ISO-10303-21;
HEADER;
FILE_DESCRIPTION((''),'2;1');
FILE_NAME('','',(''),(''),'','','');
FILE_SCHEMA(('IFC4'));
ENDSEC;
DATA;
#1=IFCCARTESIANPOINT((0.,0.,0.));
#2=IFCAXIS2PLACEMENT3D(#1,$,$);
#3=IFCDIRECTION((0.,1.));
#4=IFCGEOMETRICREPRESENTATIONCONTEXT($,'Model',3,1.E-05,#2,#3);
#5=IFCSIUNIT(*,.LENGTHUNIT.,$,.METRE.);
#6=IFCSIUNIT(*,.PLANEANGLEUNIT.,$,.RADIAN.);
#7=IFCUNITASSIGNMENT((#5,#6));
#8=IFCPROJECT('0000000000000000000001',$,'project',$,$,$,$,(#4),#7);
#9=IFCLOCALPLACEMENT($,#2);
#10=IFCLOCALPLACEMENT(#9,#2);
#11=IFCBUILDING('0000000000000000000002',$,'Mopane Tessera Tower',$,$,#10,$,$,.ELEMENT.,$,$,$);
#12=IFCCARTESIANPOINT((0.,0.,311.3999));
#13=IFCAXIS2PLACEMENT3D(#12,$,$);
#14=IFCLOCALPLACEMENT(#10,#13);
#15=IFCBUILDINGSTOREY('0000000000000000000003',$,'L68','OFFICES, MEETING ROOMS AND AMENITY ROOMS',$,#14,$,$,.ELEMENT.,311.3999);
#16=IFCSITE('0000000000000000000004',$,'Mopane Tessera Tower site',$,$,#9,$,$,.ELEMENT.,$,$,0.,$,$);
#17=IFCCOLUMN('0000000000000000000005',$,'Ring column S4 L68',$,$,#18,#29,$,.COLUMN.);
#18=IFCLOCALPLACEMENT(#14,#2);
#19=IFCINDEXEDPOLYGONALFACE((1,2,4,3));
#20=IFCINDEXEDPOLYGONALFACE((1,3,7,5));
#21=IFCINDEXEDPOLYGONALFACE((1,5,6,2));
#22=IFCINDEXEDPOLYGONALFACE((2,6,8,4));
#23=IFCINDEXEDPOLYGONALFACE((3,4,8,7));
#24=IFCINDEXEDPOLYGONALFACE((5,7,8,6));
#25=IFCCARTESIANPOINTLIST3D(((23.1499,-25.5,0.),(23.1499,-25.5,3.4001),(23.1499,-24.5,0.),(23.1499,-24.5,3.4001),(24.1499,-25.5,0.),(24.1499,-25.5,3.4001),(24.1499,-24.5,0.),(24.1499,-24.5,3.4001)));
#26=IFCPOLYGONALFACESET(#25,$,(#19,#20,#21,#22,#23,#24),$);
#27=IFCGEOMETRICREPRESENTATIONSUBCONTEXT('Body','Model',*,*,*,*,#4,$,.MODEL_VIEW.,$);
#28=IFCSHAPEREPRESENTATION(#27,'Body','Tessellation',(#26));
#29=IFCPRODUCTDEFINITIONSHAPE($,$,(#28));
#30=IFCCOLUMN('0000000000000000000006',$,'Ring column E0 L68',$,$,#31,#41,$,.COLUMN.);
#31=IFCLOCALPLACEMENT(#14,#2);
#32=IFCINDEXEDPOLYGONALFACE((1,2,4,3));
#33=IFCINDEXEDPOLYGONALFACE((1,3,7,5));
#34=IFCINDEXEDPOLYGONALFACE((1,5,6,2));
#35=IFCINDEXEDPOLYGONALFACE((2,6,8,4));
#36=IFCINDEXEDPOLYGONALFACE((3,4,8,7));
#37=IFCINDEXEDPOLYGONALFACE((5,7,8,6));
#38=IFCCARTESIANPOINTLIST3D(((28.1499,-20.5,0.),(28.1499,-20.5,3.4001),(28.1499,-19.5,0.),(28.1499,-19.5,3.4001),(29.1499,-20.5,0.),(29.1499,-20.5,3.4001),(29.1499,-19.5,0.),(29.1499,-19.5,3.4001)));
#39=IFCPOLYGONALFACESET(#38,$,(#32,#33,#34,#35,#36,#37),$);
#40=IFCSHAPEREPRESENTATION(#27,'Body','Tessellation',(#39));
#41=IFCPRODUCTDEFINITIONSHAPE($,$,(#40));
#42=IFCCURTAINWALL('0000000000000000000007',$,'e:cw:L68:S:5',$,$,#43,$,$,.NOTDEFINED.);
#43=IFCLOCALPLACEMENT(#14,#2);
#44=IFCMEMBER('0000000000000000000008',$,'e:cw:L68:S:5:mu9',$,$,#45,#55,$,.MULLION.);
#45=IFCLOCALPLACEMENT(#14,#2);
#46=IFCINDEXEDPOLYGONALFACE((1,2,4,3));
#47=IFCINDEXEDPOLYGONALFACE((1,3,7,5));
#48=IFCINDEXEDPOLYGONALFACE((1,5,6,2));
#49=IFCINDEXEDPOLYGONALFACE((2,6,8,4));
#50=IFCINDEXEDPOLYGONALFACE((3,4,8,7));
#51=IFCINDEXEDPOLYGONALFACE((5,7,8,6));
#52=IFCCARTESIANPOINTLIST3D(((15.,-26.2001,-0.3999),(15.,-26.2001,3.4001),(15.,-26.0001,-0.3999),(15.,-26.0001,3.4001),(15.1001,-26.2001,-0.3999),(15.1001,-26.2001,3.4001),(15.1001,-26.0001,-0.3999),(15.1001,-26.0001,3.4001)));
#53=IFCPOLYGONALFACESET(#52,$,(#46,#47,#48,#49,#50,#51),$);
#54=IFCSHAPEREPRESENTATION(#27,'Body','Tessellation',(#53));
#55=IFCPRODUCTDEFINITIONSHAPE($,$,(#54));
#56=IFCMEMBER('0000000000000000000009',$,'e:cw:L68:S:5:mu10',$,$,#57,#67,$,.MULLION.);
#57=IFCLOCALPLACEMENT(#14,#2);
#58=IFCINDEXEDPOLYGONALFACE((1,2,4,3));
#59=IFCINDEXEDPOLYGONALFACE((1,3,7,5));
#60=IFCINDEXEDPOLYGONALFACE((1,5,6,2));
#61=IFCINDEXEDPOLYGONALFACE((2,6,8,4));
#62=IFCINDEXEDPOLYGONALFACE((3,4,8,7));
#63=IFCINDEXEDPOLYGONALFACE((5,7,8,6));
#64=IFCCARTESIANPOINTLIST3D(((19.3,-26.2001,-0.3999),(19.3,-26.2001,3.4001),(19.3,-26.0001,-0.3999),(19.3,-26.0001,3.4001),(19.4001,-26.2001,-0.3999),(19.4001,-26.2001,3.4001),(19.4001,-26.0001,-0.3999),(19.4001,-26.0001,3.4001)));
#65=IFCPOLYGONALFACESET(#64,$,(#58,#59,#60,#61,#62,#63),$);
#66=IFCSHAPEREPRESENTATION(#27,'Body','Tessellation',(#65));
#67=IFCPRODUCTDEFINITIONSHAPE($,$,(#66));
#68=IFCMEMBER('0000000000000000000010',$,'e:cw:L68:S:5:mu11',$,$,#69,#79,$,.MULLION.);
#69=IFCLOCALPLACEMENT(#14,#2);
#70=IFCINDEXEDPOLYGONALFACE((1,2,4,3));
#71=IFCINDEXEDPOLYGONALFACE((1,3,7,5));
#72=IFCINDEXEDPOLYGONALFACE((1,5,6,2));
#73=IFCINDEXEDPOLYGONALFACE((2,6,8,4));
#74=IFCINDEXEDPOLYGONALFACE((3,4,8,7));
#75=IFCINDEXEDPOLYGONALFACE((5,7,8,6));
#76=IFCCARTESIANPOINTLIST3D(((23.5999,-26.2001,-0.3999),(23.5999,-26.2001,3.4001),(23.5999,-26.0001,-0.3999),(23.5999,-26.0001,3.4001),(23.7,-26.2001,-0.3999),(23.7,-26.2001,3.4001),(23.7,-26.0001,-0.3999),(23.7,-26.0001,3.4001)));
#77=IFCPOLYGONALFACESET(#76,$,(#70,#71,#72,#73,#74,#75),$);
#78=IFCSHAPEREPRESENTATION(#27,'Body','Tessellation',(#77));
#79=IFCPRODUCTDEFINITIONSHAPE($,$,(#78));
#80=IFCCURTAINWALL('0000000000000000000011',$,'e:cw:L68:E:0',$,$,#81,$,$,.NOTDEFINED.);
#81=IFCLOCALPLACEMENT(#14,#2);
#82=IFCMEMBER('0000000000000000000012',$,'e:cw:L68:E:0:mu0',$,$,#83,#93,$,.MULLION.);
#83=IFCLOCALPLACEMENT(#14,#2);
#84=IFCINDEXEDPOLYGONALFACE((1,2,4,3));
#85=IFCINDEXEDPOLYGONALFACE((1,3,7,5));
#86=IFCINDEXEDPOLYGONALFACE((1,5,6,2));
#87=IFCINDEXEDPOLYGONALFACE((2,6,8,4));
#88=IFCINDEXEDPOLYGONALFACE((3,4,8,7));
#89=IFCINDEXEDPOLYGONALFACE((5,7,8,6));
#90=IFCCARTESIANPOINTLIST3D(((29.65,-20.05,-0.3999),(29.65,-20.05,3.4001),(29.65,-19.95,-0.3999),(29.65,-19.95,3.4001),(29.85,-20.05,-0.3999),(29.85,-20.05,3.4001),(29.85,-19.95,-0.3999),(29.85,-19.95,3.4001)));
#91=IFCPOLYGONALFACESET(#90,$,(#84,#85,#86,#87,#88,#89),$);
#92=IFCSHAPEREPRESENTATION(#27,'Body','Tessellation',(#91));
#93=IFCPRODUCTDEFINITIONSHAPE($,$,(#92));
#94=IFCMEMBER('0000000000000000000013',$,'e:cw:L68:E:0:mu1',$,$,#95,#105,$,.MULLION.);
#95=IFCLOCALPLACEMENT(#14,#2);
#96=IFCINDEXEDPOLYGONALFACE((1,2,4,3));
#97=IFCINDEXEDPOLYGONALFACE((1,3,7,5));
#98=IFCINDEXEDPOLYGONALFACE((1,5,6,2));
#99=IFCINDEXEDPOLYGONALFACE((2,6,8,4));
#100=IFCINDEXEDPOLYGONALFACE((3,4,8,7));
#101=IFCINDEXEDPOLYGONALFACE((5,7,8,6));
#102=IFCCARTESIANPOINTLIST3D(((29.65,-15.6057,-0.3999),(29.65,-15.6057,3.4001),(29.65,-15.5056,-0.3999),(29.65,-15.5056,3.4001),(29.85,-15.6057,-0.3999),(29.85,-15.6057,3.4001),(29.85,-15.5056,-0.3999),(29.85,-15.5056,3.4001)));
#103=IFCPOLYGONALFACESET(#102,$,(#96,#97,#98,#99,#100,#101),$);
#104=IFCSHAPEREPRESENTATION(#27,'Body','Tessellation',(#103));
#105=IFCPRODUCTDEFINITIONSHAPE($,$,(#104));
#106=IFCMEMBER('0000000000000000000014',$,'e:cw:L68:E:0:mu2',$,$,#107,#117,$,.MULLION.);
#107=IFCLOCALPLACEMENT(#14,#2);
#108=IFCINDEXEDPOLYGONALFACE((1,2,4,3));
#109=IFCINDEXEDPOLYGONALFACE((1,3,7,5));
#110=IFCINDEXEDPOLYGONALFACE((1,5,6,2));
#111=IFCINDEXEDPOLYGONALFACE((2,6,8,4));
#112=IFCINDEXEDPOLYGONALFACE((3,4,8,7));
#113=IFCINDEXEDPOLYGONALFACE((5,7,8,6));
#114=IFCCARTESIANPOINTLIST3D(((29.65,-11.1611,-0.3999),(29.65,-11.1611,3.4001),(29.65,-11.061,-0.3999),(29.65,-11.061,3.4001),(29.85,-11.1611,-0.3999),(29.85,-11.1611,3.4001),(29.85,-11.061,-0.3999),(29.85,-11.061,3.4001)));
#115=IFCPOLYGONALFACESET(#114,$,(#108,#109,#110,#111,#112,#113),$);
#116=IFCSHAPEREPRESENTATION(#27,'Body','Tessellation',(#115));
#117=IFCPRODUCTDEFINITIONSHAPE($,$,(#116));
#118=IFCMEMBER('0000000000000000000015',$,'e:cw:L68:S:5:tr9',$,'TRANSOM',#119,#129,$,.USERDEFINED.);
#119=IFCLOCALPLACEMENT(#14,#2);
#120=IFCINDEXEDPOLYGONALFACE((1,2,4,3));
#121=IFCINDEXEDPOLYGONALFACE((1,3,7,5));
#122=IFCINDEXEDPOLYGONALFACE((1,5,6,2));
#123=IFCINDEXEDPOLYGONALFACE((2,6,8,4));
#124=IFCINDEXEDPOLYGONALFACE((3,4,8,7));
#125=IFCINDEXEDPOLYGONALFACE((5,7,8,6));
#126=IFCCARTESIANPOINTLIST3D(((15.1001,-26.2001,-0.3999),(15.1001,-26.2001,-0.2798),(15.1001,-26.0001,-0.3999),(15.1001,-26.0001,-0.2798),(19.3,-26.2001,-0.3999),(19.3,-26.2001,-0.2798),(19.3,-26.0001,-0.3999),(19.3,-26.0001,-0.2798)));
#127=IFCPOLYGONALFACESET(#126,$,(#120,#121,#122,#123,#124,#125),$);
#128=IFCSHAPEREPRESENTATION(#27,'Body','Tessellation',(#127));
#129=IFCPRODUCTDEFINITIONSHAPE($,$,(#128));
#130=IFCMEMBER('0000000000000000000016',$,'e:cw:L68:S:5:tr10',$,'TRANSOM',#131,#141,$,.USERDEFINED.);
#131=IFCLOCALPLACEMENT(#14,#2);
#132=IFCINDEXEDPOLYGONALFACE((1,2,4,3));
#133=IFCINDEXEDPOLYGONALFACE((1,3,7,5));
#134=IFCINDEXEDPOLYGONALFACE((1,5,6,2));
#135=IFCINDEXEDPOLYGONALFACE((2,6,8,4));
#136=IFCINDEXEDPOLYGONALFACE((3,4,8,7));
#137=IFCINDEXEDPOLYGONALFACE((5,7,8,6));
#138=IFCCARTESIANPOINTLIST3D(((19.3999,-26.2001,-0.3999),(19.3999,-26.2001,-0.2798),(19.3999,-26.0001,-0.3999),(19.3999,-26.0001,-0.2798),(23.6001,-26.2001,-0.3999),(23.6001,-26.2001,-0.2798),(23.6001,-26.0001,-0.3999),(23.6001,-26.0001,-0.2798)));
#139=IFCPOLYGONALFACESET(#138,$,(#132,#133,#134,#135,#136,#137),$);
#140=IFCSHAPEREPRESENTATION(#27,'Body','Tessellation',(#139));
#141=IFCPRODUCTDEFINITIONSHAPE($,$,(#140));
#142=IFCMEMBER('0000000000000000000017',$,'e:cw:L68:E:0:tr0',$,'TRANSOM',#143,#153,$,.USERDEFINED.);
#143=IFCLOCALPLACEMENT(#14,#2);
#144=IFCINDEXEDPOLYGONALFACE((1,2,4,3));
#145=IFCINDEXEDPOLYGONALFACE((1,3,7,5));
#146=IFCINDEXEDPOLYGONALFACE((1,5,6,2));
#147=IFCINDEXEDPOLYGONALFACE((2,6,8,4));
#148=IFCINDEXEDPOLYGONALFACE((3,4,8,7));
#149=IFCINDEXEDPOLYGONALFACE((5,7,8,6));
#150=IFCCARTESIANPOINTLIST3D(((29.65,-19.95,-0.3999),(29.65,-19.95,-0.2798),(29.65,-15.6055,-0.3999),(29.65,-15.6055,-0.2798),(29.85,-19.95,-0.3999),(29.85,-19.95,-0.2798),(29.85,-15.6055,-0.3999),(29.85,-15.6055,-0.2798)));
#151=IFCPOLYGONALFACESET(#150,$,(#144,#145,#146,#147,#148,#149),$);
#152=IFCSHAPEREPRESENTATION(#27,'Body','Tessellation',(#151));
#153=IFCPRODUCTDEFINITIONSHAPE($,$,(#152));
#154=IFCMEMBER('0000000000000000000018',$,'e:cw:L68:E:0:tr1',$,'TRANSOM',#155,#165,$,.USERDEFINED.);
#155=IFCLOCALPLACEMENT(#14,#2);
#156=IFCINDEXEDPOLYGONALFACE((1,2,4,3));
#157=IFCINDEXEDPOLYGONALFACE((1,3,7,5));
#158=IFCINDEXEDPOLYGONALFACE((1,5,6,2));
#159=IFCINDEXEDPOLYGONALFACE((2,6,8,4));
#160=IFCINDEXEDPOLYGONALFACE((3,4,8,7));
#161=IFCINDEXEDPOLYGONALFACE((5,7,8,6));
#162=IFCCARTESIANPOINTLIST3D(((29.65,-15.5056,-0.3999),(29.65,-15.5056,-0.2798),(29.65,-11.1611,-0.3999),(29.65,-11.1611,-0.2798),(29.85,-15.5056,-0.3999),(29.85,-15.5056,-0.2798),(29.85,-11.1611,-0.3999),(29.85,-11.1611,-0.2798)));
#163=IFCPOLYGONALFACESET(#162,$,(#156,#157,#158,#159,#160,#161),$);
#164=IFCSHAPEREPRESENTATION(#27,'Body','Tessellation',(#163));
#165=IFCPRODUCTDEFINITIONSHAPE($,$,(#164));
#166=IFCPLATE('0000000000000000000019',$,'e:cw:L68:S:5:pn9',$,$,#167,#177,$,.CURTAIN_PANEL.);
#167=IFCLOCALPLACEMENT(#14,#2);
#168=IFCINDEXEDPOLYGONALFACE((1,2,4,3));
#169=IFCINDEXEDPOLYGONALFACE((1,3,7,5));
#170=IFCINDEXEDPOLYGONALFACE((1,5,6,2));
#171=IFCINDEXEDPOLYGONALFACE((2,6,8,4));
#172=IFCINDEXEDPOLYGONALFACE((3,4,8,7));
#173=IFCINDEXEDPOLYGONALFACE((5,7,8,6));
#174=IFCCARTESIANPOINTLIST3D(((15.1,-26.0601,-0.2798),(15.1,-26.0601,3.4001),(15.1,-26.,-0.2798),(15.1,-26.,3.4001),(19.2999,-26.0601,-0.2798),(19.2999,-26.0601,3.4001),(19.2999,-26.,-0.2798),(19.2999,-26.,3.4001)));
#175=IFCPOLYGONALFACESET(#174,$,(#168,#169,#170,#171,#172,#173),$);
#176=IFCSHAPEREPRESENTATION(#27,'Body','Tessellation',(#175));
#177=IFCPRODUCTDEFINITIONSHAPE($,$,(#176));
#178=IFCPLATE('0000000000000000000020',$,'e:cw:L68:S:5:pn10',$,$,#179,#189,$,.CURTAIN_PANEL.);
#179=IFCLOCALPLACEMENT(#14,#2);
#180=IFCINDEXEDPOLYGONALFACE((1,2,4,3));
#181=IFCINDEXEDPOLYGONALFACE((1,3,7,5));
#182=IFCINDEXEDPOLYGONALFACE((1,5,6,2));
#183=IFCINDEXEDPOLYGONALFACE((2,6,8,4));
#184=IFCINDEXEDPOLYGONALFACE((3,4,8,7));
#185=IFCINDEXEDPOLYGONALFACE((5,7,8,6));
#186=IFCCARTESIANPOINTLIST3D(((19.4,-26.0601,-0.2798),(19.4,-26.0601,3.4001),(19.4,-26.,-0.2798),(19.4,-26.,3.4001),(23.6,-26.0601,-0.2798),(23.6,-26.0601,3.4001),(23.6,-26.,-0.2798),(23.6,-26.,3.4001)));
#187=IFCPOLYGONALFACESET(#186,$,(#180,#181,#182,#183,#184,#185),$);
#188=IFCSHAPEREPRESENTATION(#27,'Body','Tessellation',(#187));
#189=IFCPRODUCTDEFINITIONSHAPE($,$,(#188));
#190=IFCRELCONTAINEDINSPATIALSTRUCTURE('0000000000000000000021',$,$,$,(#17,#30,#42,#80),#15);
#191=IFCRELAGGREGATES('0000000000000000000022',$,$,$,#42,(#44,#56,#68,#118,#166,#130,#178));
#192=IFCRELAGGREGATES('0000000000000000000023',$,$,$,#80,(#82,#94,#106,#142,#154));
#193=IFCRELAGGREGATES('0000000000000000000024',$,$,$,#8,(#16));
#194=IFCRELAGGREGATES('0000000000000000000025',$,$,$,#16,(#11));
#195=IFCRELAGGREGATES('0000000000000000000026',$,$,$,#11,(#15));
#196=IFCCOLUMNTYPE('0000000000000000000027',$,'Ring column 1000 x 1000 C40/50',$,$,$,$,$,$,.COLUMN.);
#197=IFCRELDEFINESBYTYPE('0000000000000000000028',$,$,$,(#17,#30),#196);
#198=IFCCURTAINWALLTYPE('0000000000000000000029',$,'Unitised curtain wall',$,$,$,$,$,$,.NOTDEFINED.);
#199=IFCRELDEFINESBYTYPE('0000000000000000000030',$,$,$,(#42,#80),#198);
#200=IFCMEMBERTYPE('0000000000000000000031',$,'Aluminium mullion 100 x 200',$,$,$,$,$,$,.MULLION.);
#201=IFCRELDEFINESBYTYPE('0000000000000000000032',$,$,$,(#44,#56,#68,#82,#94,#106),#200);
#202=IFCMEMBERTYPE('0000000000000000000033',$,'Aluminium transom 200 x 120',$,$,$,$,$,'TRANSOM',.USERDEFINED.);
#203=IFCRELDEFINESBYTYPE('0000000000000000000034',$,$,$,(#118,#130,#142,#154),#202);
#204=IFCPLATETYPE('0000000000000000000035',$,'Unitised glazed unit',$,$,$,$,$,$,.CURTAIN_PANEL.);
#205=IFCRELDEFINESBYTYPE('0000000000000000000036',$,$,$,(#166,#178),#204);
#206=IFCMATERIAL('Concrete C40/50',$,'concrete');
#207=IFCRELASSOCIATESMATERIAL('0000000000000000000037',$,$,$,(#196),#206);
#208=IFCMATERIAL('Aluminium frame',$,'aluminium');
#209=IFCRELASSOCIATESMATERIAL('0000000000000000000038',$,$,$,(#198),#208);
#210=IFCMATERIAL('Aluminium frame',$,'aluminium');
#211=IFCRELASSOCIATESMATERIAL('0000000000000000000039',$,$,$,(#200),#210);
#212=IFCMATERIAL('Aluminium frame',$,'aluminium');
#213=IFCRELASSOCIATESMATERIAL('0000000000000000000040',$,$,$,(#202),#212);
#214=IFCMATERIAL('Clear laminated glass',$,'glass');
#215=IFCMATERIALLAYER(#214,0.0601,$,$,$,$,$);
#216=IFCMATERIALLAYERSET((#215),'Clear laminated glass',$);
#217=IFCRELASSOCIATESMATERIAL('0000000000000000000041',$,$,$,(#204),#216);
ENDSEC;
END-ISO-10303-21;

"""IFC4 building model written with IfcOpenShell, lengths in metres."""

from ifc_helpers import new_model, si_unit, direction, frame, origin, origin_2d, place, context, subcontext, project, spatial, rectangle, extrude, material, layer, layer_set, material_profile, profile_set, type_object, element, aggregate, save


model = new_model("IFC4")

# Units and contexts
model_context = context("Model", 3, precision=1e-05, world=origin(), true_north=direction((0.0, 1.0)))
body_context = subcontext(model_context, "Body", "Model", "MODEL_VIEW")
ifc_project = project(units=[si_unit("LENGTHUNIT", "METRE"), si_unit("PLANEANGLEUNIT", "RADIAN")], contexts=[model_context])

# Site, building, storey
site_placement = place(None, origin())
site = spatial("IfcSite", under=ifc_project, at=site_placement, Name="Mopane Tessera Tower site", CompositionType="ELEMENT", RefElevation=0.0)
building_placement = place(site_placement, origin())
building = spatial("IfcBuilding", under=site, at=building_placement, Name="Mopane Tessera Tower", CompositionType="ELEMENT")
storey_placement = place(building_placement, frame((0.0, 0.0, 311.3999)))
storey = spatial("IfcBuildingStorey", under=building, at=storey_placement, Name="L68", Description="OFFICES, MEETING ROOMS AND AMENITY ROOMS", CompositionType="ELEMENT", Elevation=311.3999)

# Columns
ifc_material_1 = material(Name="Concrete C40/50", Category="concrete")
ifc_material_profile_1 = material_profile(ifc_material_1, rectangle(XDim=1.0, YDim=1.0, at=origin_2d()))
ifc_profile_set_1 = profile_set([ifc_material_profile_1], Name="Concrete C40/50")
column_type = type_object("IfcColumnType", Name="Ring column 1000 x 1000 C40/50", PredefinedType="COLUMN", material=ifc_profile_set_1)
for number, where, z_axis, x_axis, name in (
    (1, (23.6499, -25.0, 0.0), (0.0, 0.0, 1.0), (1.0, 0.0, 0.0), "Ring column S4 L68"),
    (2, (28.6499, -20.0, 0.0), (0.0, 0.0, 1.0), (1.0, 0.0, 0.0), "Ring column E0 L68"),
):
    element("IfcColumn", number, at=place(storey_placement, frame(where, z_axis=z_axis, x_axis=x_axis)), inside=storey, type_object=column_type, Name=name, PredefinedType="COLUMN", context=body_context, shape_type="SweptSolid", body=[
        extrude(rectangle(XDim=1.0, YDim=1.0, at=origin_2d()), origin(), (0.0, 0.0, 1.0), 3.4001),
    ])

# Curtain walls, members
ifc_material_2 = material(Name="Aluminium frame", Category="aluminium")
curtain_wall_type = type_object("IfcCurtainWallType", Name="Unitised curtain wall", PredefinedType="NOTDEFINED", material=ifc_material_2)
curtain_wall_1_placement = place(storey_placement, origin())
curtain_wall_1 = element("IfcCurtainWall", 3, at=curtain_wall_1_placement, inside=storey, type_object=curtain_wall_type, Name="e:cw:L68:S:5", PredefinedType="NOTDEFINED")
ifc_material_3 = material(Name="Aluminium frame", Category="aluminium")
ifc_material_profile_2 = material_profile(ifc_material_3, rectangle(XDim=0.1001, YDim=0.2, at=origin_2d()))
ifc_profile_set_2 = profile_set([ifc_material_profile_2], Name="Aluminium frame")
member_type_1 = type_object("IfcMemberType", Name="Aluminium mullion 100 x 200", PredefinedType="MULLION", material=ifc_profile_set_2)
member_1_placement = place(storey_placement, frame((15.05, -26.1001, -0.3999), z_axis=(0.0, 0.0, 1.0), x_axis=(1.0, 0.0, 0.0)))
member_1 = element("IfcMember", 4, at=member_1_placement, type_object=member_type_1, Name="e:cw:L68:S:5:mu9", PredefinedType="MULLION", context=body_context, shape_type="SweptSolid", body=[
    extrude(rectangle(XDim=0.1001, YDim=0.2, at=origin_2d()), origin(), (0.0, 0.0, 1.0), 3.8),
])
member_2_placement = place(storey_placement, frame((19.3501, -26.1001, -0.3999), z_axis=(0.0, 0.0, 1.0), x_axis=(1.0, 0.0, 0.0)))
member_2 = element("IfcMember", 5, at=member_2_placement, type_object=member_type_1, Name="e:cw:L68:S:5:mu10", PredefinedType="MULLION", context=body_context, shape_type="SweptSolid", body=[
    extrude(rectangle(XDim=0.1001, YDim=0.2, at=origin_2d()), origin(), (0.0, 0.0, 1.0), 3.8),
])
member_3_placement = place(storey_placement, frame((23.6499, -26.1001, -0.3999), z_axis=(0.0, 0.0, 1.0), x_axis=(1.0, 0.0, 0.0)))
member_3 = element("IfcMember", 6, at=member_3_placement, type_object=member_type_1, Name="e:cw:L68:S:5:mu11", PredefinedType="MULLION", context=body_context, shape_type="SweptSolid", body=[
    extrude(rectangle(XDim=0.1001, YDim=0.2, at=origin_2d()), origin(), (0.0, 0.0, 1.0), 3.8),
])
curtain_wall_2_placement = place(storey_placement, origin())
curtain_wall_2 = element("IfcCurtainWall", 7, at=curtain_wall_2_placement, inside=storey, type_object=curtain_wall_type, Name="e:cw:L68:E:0", PredefinedType="NOTDEFINED")
member_4_placement = place(storey_placement, frame((29.75, -20.0, -0.3999), z_axis=(0.0, 0.0, 1.0), x_axis=(0.0, 1.0, 0.0)))
member_4 = element("IfcMember", 8, at=member_4_placement, type_object=member_type_1, Name="e:cw:L68:E:0:mu0", PredefinedType="MULLION", context=body_context, shape_type="SweptSolid", body=[
    extrude(rectangle(XDim=0.1001, YDim=0.2, at=origin_2d()), origin(), (0.0, 0.0, 1.0), 3.8),
])
member_5_placement = place(storey_placement, frame((29.75, -15.5557, -0.3999), z_axis=(0.0, 0.0, 1.0), x_axis=(0.0, 1.0, 0.0)))
member_5 = element("IfcMember", 9, at=member_5_placement, type_object=member_type_1, Name="e:cw:L68:E:0:mu1", PredefinedType="MULLION", context=body_context, shape_type="SweptSolid", body=[
    extrude(rectangle(XDim=0.1001, YDim=0.2, at=origin_2d()), origin(), (0.0, 0.0, 1.0), 3.8),
])
member_6_placement = place(storey_placement, frame((29.75, -11.1111, -0.3999), z_axis=(0.0, 0.0, 1.0), x_axis=(0.0, 1.0, 0.0)))
member_6 = element("IfcMember", 10, at=member_6_placement, type_object=member_type_1, Name="e:cw:L68:E:0:mu2", PredefinedType="MULLION", context=body_context, shape_type="SweptSolid", body=[
    extrude(rectangle(XDim=0.1001, YDim=0.2, at=origin_2d()), origin(), (0.0, 0.0, 1.0), 3.8),
])

# Members
ifc_material_4 = material(Name="Aluminium frame", Category="aluminium")
ifc_material_profile_3 = material_profile(ifc_material_4, rectangle(XDim=0.2, YDim=0.1201, at=origin_2d()))
ifc_profile_set_3 = profile_set([ifc_material_profile_3], Name="Aluminium frame")
member_type_2 = type_object("IfcMemberType", Name="Aluminium transom 200 x 120", ElementType="TRANSOM", PredefinedType="USERDEFINED", material=ifc_profile_set_3)
member_7_placement = place(storey_placement, frame((15.1001, -26.1001, -0.3398), z_axis=(1.0, 0.0, 0.0), x_axis=(0.0, 1.0, 0.0)))
member_7 = element("IfcMember", 11, at=member_7_placement, type_object=member_type_2, Name="e:cw:L68:S:5:tr9", ObjectType="TRANSOM", PredefinedType="USERDEFINED", context=body_context, shape_type="SweptSolid", body=[
    extrude(rectangle(XDim=0.2, YDim=0.1201, at=origin_2d()), origin(), (0.0, 0.0, 1.0), 4.2),
])
member_8_placement = place(storey_placement, frame((19.3999, -26.1001, -0.3398), z_axis=(1.0, 0.0, 0.0), x_axis=(0.0, 1.0, 0.0)))
member_8 = element("IfcMember", 12, at=member_8_placement, type_object=member_type_2, Name="e:cw:L68:S:5:tr10", ObjectType="TRANSOM", PredefinedType="USERDEFINED", context=body_context, shape_type="SweptSolid", body=[
    extrude(rectangle(XDim=0.2, YDim=0.1201, at=origin_2d()), origin(), (0.0, 0.0, 1.0), 4.2002),
])
member_9_placement = place(storey_placement, frame((29.75, -19.95, -0.3398), z_axis=(0.0, 1.0, 0.0), x_axis=(-1.0, 0.0, 0.0)))
member_9 = element("IfcMember", 13, at=member_9_placement, type_object=member_type_2, Name="e:cw:L68:E:0:tr0", ObjectType="TRANSOM", PredefinedType="USERDEFINED", context=body_context, shape_type="SweptSolid", body=[
    extrude(rectangle(XDim=0.2, YDim=0.1201, at=origin_2d()), origin(), (0.0, 0.0, 1.0), 4.3445),
])
member_10_placement = place(storey_placement, frame((29.75, -15.5056, -0.3398), z_axis=(0.0, 1.0, 0.0), x_axis=(-1.0, 0.0, 0.0)))
member_10 = element("IfcMember", 14, at=member_10_placement, type_object=member_type_2, Name="e:cw:L68:E:0:tr1", ObjectType="TRANSOM", PredefinedType="USERDEFINED", context=body_context, shape_type="SweptSolid", body=[
    extrude(rectangle(XDim=0.2, YDim=0.1201, at=origin_2d()), origin(), (0.0, 0.0, 1.0), 4.3445),
])

# Plates
ifc_material_5 = material(Name="Clear laminated glass", Category="glass")
ifc_layer = layer(ifc_material_5, 0.0601)
ifc_layer_set = layer_set([ifc_layer], Name="Clear laminated glass")
plate_type = type_object("IfcPlateType", Name="Unitised glazed unit", PredefinedType="CURTAIN_PANEL", material=ifc_layer_set)
plate_1_placement = place(storey_placement, frame((17.2, -26.03, -0.2798), z_axis=(0.0, 0.0, 1.0), x_axis=(1.0, 0.0, 0.0)))
plate_1 = element("IfcPlate", 15, at=plate_1_placement, type_object=plate_type, Name="e:cw:L68:S:5:pn9", PredefinedType="CURTAIN_PANEL", context=body_context, shape_type="SweptSolid", body=[
    extrude(rectangle(XDim=4.2, YDim=0.0601, at=origin_2d()), origin(), (0.0, 0.0, 1.0), 3.6799),
])
plate_2_placement = place(storey_placement, frame((21.5, -26.03, -0.2798), z_axis=(0.0, 0.0, 1.0), x_axis=(1.0, 0.0, 0.0)))
plate_2 = element("IfcPlate", 16, at=plate_2_placement, type_object=plate_type, Name="e:cw:L68:S:5:pn10", PredefinedType="CURTAIN_PANEL", context=body_context, shape_type="SweptSolid", body=[
    extrude(rectangle(XDim=4.2, YDim=0.0601, at=origin_2d()), origin(), (0.0, 0.0, 1.0), 3.6799),
])
aggregate(curtain_wall_1, [member_1, member_2, member_3, member_7, plate_1, member_8, plate_2])
aggregate(curtain_wall_2, [member_4, member_5, member_6, member_9, member_10])

save(model, "model.ifc")
